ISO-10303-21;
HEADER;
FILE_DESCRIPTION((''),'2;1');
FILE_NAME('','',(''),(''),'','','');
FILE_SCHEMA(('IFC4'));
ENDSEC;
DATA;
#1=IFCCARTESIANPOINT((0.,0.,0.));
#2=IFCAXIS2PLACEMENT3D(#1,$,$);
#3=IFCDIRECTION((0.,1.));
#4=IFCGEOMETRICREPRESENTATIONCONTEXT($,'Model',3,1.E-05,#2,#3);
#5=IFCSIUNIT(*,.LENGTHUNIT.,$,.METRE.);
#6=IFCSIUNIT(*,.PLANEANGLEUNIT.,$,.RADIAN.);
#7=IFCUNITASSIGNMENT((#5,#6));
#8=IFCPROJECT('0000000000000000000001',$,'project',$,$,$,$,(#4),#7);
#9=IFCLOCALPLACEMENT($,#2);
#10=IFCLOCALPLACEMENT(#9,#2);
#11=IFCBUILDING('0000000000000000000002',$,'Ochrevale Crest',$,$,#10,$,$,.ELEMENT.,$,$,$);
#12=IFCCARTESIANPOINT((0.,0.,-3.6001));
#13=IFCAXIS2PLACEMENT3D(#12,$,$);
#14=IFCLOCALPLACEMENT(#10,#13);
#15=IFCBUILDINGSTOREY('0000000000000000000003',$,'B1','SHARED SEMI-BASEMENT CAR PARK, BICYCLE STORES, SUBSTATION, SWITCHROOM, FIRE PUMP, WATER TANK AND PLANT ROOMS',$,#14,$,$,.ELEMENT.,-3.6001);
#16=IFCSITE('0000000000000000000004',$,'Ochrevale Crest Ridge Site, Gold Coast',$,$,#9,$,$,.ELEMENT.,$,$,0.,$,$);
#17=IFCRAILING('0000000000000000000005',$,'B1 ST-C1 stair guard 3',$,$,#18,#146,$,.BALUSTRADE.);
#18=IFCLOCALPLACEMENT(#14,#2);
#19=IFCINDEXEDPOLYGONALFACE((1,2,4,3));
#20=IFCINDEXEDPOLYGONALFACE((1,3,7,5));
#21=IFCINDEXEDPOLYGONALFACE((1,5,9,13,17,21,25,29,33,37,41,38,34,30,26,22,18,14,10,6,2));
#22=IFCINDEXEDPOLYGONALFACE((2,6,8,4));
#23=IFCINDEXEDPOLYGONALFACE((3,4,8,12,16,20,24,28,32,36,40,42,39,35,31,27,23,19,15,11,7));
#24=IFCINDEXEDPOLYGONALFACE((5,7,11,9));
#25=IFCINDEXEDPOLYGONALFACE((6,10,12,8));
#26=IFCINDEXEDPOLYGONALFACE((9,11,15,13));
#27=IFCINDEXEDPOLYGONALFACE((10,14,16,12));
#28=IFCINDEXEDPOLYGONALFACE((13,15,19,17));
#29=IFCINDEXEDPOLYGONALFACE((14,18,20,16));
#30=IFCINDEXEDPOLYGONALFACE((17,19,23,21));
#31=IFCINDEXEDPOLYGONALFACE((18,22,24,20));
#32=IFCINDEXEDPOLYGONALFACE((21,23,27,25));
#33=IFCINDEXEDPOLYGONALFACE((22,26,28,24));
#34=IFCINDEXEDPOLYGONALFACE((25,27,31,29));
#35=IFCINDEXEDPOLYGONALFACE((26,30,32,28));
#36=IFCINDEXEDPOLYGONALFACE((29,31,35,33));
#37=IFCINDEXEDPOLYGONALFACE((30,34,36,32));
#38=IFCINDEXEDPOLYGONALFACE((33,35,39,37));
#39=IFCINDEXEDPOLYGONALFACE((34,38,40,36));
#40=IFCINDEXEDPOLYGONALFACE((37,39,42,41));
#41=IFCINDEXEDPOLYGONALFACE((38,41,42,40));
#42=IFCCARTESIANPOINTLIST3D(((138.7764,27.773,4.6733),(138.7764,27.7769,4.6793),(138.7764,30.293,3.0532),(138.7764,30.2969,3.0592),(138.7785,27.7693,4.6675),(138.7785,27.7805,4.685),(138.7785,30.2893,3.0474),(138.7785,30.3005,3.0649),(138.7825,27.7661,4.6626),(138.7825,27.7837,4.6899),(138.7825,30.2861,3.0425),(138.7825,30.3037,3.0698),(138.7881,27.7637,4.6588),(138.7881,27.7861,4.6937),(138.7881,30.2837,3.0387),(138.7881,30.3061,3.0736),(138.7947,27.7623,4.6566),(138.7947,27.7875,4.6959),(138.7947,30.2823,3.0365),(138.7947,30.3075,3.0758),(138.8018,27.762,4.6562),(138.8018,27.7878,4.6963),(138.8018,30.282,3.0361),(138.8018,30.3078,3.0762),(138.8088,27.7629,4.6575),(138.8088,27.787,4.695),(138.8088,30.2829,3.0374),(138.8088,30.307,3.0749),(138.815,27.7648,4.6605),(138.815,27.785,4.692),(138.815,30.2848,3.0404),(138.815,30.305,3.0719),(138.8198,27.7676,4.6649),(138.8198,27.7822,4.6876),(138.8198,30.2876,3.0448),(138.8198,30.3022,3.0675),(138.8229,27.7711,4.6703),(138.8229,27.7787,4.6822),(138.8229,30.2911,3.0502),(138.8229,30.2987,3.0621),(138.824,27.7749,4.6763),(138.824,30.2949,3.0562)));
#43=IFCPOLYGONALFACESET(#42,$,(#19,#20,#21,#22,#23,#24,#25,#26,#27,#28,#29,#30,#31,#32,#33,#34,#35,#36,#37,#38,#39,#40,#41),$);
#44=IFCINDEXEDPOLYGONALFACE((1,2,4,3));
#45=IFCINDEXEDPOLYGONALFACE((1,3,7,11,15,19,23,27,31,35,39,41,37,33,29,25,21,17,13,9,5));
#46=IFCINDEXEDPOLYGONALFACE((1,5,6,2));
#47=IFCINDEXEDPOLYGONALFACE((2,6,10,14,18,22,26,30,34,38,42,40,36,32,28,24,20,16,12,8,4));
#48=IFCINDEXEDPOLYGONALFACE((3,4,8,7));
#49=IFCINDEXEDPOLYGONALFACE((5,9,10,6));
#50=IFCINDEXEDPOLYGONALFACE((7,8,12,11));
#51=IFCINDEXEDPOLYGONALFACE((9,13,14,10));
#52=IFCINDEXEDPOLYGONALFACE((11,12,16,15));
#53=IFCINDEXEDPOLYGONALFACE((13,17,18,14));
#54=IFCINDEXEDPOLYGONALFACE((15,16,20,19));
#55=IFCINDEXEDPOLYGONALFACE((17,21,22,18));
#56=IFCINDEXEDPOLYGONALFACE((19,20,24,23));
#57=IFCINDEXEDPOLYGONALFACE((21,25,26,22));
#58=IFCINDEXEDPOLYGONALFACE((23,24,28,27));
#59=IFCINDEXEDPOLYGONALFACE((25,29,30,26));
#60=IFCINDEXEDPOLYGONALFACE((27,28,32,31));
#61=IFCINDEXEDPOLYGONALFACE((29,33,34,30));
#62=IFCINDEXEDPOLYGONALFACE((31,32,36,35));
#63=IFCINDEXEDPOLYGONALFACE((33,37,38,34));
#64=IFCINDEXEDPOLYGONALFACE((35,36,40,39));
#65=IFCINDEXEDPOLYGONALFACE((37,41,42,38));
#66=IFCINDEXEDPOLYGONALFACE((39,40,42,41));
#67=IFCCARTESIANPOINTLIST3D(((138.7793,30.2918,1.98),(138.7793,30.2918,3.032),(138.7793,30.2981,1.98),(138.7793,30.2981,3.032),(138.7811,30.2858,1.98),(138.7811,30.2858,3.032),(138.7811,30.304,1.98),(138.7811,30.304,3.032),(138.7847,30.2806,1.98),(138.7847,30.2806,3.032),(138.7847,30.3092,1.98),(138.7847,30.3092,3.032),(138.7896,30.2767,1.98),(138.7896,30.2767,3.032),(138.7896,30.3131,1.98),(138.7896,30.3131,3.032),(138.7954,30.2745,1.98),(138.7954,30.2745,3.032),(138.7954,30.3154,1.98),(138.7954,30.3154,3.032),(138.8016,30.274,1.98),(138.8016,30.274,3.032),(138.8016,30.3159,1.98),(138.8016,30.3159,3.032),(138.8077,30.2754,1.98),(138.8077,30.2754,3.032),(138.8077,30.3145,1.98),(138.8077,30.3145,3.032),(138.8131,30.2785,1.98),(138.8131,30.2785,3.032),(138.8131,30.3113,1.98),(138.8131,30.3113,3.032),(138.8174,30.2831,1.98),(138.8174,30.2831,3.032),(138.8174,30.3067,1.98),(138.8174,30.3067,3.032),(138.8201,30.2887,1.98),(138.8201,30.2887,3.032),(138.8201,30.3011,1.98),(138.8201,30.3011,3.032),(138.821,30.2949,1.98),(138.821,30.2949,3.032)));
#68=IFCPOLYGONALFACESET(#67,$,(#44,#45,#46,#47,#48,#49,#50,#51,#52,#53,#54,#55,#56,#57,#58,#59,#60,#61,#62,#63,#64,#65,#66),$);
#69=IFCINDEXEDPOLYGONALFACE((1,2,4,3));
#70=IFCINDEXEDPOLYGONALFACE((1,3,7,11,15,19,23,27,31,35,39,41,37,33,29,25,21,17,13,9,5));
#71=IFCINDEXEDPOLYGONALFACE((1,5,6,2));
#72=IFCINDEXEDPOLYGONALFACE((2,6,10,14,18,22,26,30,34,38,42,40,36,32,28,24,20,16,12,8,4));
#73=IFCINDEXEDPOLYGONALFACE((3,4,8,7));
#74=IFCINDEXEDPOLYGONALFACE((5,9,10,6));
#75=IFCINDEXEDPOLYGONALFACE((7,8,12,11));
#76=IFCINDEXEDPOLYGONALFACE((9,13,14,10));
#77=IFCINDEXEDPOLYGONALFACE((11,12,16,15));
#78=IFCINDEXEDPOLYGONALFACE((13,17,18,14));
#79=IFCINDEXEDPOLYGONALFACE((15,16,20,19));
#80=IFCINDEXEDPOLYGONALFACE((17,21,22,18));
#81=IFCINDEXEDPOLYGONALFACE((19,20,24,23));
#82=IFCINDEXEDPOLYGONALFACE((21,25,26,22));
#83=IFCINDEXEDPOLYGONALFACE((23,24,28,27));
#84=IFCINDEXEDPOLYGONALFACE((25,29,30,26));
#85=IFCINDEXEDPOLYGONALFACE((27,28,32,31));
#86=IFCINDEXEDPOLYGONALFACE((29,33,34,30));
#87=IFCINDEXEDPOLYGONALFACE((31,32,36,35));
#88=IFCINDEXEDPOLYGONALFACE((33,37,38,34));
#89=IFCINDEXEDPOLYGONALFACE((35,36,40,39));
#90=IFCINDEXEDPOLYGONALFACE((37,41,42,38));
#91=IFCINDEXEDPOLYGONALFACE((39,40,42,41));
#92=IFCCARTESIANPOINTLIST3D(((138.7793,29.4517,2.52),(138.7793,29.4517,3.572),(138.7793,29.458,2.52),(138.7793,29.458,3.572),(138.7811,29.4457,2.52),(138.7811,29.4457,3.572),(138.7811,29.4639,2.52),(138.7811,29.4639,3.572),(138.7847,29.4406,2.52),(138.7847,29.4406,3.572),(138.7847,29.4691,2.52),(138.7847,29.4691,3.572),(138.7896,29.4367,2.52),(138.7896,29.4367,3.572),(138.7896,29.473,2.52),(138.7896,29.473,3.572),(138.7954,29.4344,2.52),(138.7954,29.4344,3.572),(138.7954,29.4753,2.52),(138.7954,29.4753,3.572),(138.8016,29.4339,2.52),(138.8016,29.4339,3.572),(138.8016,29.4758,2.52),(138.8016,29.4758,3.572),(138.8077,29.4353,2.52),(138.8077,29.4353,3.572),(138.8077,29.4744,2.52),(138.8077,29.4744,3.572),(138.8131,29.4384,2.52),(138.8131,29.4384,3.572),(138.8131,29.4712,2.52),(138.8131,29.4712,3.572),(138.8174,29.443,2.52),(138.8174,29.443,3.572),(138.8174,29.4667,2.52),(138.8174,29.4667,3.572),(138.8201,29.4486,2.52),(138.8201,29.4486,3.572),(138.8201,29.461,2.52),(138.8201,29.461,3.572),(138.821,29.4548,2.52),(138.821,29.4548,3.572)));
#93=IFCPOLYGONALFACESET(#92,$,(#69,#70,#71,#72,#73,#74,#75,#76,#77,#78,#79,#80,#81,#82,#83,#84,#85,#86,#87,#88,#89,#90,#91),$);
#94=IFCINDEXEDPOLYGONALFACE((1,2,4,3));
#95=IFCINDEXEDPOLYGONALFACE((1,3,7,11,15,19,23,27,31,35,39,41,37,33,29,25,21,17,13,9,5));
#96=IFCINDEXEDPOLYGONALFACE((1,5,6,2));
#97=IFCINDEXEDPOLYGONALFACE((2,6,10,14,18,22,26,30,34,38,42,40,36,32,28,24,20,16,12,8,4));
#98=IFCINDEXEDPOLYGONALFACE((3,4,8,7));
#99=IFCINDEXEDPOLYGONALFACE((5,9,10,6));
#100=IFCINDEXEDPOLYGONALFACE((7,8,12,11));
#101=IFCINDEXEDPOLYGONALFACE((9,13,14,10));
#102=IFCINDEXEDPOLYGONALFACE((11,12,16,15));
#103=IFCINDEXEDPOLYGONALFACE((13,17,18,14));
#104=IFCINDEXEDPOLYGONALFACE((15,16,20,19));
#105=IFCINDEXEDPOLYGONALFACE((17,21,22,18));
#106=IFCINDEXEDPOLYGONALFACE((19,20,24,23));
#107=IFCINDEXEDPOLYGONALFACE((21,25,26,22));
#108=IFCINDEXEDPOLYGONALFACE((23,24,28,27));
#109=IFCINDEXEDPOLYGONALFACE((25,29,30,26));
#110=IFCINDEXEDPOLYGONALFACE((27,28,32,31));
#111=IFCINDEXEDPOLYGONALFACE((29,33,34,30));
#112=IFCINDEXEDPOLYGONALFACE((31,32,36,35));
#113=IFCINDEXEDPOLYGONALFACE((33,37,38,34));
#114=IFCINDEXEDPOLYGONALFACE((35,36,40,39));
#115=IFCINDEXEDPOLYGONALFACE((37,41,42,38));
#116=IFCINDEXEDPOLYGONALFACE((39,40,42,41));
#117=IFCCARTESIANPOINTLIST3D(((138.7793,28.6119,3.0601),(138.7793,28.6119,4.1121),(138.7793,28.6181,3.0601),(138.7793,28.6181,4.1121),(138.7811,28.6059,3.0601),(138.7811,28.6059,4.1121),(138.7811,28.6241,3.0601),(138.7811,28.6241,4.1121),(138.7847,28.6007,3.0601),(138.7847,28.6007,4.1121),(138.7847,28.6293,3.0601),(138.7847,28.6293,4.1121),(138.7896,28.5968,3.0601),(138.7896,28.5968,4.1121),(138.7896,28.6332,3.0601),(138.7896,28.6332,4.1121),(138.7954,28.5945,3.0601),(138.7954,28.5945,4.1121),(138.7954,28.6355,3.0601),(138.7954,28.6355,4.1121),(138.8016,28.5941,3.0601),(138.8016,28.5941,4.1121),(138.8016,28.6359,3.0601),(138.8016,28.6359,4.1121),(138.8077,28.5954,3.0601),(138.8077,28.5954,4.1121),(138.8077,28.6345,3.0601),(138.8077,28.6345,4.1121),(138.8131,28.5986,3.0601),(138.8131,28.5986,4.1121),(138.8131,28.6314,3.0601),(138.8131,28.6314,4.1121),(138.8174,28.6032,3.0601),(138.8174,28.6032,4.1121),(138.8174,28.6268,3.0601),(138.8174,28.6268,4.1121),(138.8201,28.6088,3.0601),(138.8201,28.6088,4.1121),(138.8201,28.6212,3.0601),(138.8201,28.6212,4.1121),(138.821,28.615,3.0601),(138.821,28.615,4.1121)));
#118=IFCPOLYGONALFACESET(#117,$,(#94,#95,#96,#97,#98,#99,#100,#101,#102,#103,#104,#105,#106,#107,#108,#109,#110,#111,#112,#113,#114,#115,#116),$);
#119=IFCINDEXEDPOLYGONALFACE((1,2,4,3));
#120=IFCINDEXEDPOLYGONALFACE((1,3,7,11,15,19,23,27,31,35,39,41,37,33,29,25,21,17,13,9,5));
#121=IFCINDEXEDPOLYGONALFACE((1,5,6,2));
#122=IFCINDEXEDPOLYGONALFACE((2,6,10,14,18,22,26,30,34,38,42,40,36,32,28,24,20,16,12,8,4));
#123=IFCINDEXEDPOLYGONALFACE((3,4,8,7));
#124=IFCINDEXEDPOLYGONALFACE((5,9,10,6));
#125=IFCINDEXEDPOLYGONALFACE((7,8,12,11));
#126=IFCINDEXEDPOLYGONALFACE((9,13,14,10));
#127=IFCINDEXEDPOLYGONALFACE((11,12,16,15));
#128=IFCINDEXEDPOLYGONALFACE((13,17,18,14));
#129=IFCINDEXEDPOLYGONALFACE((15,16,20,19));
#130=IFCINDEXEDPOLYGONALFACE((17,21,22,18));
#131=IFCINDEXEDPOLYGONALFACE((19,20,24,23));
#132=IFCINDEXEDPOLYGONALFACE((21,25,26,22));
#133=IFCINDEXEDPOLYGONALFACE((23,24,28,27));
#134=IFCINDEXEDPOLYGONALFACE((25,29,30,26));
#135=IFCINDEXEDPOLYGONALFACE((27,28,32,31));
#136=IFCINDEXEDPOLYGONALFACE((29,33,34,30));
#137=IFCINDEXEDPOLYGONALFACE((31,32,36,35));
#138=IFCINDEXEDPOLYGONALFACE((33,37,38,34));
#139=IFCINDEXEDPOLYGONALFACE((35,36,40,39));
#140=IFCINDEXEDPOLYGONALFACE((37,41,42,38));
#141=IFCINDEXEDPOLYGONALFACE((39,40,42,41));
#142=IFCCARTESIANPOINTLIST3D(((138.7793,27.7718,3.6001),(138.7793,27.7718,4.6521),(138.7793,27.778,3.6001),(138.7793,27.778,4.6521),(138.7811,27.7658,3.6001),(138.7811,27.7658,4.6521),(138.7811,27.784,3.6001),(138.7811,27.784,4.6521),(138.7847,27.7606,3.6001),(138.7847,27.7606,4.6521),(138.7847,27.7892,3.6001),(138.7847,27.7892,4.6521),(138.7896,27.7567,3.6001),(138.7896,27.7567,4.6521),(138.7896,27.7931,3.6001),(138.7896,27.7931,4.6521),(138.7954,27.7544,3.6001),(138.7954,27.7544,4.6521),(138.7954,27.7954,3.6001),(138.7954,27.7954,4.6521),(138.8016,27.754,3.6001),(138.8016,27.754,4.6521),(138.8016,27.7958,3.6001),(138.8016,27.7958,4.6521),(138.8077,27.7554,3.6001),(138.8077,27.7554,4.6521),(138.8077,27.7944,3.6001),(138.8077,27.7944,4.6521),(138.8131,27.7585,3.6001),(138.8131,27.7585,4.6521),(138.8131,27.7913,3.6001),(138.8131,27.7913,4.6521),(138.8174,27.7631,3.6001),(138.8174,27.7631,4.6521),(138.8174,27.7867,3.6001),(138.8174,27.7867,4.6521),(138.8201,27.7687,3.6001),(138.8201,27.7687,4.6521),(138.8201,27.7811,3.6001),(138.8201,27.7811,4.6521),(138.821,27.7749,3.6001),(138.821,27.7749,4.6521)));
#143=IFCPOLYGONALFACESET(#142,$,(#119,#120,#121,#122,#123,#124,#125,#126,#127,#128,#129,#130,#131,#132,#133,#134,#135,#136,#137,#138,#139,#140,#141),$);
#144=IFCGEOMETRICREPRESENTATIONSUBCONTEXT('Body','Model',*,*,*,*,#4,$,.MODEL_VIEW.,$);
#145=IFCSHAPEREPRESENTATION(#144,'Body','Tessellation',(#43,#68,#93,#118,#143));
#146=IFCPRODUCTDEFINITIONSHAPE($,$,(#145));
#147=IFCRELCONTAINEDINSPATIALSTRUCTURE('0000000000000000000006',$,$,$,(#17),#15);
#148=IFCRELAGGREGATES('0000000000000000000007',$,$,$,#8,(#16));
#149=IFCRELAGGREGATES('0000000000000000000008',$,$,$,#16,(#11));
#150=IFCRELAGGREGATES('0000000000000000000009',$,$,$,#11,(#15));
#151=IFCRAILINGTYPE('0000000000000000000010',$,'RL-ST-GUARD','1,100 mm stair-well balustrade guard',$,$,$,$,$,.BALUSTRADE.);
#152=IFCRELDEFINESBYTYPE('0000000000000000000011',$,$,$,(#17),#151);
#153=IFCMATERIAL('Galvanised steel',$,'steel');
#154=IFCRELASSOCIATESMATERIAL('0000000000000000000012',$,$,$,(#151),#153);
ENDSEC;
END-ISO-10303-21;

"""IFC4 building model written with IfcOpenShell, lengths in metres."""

from ifc_helpers import new_model, si_unit, direction, frame, origin, origin_2d, place, context, subcontext, project, spatial, circle, extrude, material, type_object, element, save


model = new_model("IFC4")

# Units and contexts
model_context = context("Model", 3, precision=1e-05, world=origin(), true_north=direction((0.0, 1.0)))
body_context = subcontext(model_context, "Body", "Model", "MODEL_VIEW")
ifc_project = project(units=[si_unit("LENGTHUNIT", "METRE"), si_unit("PLANEANGLEUNIT", "RADIAN")], contexts=[model_context])

# Site, building, storey
site_placement = place(None, origin())
site = spatial("IfcSite", under=ifc_project, at=site_placement, Name="Ochrevale Crest Ridge Site, Gold Coast", CompositionType="ELEMENT", RefElevation=0.0)
building_placement = place(site_placement, origin())
building = spatial("IfcBuilding", under=site, at=building_placement, Name="Ochrevale Crest", CompositionType="ELEMENT")
storey_placement = place(building_placement, frame((0.0, 0.0, -3.6001)))
storey = spatial("IfcBuildingStorey", under=building, at=storey_placement, Name="B1", Description="SHARED SEMI-BASEMENT CAR PARK, BICYCLE STORES, SUBSTATION, SWITCHROOM, FIRE PUMP, WATER TANK AND PLANT ROOMS", CompositionType="ELEMENT", Elevation=-3.6001)

# Railing
ifc_material_1 = material(Name="Galvanised steel", Category="steel")
railing_type_1 = type_object("IfcRailingType", Name="RL-ST-GUARD", Description="1,100 mm stair-well balustrade guard", PredefinedType="BALUSTRADE", material=ifc_material_1)
railing_1_placement = place(storey_placement, frame((138.8, 30.2949, 1.98)))
element("IfcRailing", 1, at=railing_1_placement, inside=storey, type_object=railing_type_1, Name="B1 ST-C1 stair guard 3", PredefinedType="BALUSTRADE", context=body_context, shape_type="SweptSolid", body=[
    extrude(circle(Radius=0.0239, at=origin_2d()), frame((0.0, 0.0, 1.0762), z_axis=(0.0, -0.841163, 0.540782), x_axis=(1.0, 0.0, 0.0)), (0.0, 0.0, 1.0), 2.9958),
    extrude(circle(Radius=0.021, at=origin_2d()), origin(), (0.0, 0.0, 1.0), 1.052),
    extrude(circle(Radius=0.021, at=origin_2d()), frame((0.0, -0.8401, 0.54)), (0.0, 0.0, 1.0), 1.052),
    extrude(circle(Radius=0.021, at=origin_2d()), frame((0.0, -1.6799, 1.0801)), (0.0, 0.0, 1.0), 1.052),
    extrude(circle(Radius=0.021, at=origin_2d()), frame((0.0, -2.52, 1.6201)), (0.0, 0.0, 1.0), 1.052),
])

save(model, "model.ifc")
